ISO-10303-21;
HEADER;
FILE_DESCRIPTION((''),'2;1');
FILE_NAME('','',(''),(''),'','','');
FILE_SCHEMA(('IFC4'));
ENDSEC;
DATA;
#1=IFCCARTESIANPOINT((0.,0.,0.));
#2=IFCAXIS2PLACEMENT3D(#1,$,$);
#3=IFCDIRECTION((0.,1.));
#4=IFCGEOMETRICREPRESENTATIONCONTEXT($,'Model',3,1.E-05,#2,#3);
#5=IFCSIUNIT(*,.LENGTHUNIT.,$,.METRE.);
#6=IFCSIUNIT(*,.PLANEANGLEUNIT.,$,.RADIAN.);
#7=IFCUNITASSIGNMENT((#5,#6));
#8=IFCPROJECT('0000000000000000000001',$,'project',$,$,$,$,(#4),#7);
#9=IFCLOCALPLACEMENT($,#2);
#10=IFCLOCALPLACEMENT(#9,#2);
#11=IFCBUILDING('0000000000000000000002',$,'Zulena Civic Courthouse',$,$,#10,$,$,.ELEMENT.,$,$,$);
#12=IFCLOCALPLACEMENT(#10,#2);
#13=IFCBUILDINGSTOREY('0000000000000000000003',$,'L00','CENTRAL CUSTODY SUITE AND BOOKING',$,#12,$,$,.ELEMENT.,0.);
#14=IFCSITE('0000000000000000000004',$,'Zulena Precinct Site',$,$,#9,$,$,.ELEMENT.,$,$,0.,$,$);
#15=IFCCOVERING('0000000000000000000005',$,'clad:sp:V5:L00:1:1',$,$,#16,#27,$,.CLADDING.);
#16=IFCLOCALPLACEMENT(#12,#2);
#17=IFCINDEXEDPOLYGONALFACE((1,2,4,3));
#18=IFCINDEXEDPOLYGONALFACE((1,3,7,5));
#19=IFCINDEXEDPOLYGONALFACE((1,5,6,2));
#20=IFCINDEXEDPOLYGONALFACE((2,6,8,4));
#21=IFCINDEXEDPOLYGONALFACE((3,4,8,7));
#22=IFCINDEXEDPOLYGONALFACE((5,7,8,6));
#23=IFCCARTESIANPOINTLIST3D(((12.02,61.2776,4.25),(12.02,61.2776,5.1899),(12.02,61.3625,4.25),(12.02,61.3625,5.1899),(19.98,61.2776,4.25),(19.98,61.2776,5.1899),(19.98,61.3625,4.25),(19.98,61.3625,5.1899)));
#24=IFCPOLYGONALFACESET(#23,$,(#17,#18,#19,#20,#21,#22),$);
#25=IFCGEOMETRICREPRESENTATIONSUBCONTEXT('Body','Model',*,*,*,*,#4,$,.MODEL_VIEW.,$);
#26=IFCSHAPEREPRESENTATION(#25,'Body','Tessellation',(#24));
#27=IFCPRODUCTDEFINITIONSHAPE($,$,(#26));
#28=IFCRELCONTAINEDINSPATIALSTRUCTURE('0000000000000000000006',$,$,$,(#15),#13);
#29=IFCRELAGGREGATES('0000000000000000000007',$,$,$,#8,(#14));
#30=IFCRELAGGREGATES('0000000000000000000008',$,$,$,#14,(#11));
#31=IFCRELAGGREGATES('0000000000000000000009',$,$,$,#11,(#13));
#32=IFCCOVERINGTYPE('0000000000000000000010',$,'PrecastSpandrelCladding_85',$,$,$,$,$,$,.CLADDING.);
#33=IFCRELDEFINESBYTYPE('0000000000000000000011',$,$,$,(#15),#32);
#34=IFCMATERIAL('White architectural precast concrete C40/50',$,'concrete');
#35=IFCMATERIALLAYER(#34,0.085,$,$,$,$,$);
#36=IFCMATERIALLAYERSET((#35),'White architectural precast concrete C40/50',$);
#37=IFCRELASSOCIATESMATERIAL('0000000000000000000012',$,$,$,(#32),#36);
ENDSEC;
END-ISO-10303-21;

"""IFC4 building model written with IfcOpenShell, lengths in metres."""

from ifc_helpers import new_model, si_unit, direction, frame, origin, origin_2d, place, context, subcontext, project, spatial, rectangle, extrude, material, layer, layer_set, type_object, element, save


model = new_model("IFC4")

# Units and contexts
model_context = context("Model", 3, precision=1e-05, world=origin(), true_north=direction((0.0, 1.0)))
body_context = subcontext(model_context, "Body", "Model", "MODEL_VIEW")
ifc_project = project(units=[si_unit("LENGTHUNIT", "METRE"), si_unit("PLANEANGLEUNIT", "RADIAN")], contexts=[model_context])

# Site, building, storey
site_placement = place(None, origin())
site = spatial("IfcSite", under=ifc_project, at=site_placement, Name="Zulena Precinct Site", CompositionType="ELEMENT", RefElevation=0.0)
building_placement = place(site_placement, origin())
building = spatial("IfcBuilding", under=site, at=building_placement, Name="Zulena Civic Courthouse", CompositionType="ELEMENT")
storey_placement = place(building_placement, origin())
storey = spatial("IfcBuildingStorey", under=building, at=storey_placement, Name="L00", Description="CENTRAL CUSTODY SUITE AND BOOKING", CompositionType="ELEMENT", Elevation=0.0)

# Covering
ifc_material_1 = material(Name="White architectural precast concrete C40/50", Category="concrete")
ifc_layer_1 = layer(ifc_material_1, 0.085)
ifc_layer_set_1 = layer_set([ifc_layer_1], Name="White architectural precast concrete C40/50")
covering_type = type_object("IfcCoveringType", Name="PrecastSpandrelCladding_85", PredefinedType="CLADDING", material=ifc_layer_set_1)
for number, where, z_axis, x_axis, name in (
    (1, (16.0, 61.3201, 4.25), (0.0, 0.0, 1.0), (1.0, 0.0, 0.0), "clad:sp:V5:L00:1:1"),
):
    element("IfcCovering", number, at=place(storey_placement, frame(where, z_axis=z_axis, x_axis=x_axis)), inside=storey, type_object=covering_type, Name=name, PredefinedType="CLADDING", context=body_context, shape_type="SweptSolid", body=[
        extrude(rectangle(XDim=7.96, YDim=0.085, at=origin_2d()), origin(), (0.0, 0.0, 1.0), 0.9399),
    ])

save(model, "model.ifc")
